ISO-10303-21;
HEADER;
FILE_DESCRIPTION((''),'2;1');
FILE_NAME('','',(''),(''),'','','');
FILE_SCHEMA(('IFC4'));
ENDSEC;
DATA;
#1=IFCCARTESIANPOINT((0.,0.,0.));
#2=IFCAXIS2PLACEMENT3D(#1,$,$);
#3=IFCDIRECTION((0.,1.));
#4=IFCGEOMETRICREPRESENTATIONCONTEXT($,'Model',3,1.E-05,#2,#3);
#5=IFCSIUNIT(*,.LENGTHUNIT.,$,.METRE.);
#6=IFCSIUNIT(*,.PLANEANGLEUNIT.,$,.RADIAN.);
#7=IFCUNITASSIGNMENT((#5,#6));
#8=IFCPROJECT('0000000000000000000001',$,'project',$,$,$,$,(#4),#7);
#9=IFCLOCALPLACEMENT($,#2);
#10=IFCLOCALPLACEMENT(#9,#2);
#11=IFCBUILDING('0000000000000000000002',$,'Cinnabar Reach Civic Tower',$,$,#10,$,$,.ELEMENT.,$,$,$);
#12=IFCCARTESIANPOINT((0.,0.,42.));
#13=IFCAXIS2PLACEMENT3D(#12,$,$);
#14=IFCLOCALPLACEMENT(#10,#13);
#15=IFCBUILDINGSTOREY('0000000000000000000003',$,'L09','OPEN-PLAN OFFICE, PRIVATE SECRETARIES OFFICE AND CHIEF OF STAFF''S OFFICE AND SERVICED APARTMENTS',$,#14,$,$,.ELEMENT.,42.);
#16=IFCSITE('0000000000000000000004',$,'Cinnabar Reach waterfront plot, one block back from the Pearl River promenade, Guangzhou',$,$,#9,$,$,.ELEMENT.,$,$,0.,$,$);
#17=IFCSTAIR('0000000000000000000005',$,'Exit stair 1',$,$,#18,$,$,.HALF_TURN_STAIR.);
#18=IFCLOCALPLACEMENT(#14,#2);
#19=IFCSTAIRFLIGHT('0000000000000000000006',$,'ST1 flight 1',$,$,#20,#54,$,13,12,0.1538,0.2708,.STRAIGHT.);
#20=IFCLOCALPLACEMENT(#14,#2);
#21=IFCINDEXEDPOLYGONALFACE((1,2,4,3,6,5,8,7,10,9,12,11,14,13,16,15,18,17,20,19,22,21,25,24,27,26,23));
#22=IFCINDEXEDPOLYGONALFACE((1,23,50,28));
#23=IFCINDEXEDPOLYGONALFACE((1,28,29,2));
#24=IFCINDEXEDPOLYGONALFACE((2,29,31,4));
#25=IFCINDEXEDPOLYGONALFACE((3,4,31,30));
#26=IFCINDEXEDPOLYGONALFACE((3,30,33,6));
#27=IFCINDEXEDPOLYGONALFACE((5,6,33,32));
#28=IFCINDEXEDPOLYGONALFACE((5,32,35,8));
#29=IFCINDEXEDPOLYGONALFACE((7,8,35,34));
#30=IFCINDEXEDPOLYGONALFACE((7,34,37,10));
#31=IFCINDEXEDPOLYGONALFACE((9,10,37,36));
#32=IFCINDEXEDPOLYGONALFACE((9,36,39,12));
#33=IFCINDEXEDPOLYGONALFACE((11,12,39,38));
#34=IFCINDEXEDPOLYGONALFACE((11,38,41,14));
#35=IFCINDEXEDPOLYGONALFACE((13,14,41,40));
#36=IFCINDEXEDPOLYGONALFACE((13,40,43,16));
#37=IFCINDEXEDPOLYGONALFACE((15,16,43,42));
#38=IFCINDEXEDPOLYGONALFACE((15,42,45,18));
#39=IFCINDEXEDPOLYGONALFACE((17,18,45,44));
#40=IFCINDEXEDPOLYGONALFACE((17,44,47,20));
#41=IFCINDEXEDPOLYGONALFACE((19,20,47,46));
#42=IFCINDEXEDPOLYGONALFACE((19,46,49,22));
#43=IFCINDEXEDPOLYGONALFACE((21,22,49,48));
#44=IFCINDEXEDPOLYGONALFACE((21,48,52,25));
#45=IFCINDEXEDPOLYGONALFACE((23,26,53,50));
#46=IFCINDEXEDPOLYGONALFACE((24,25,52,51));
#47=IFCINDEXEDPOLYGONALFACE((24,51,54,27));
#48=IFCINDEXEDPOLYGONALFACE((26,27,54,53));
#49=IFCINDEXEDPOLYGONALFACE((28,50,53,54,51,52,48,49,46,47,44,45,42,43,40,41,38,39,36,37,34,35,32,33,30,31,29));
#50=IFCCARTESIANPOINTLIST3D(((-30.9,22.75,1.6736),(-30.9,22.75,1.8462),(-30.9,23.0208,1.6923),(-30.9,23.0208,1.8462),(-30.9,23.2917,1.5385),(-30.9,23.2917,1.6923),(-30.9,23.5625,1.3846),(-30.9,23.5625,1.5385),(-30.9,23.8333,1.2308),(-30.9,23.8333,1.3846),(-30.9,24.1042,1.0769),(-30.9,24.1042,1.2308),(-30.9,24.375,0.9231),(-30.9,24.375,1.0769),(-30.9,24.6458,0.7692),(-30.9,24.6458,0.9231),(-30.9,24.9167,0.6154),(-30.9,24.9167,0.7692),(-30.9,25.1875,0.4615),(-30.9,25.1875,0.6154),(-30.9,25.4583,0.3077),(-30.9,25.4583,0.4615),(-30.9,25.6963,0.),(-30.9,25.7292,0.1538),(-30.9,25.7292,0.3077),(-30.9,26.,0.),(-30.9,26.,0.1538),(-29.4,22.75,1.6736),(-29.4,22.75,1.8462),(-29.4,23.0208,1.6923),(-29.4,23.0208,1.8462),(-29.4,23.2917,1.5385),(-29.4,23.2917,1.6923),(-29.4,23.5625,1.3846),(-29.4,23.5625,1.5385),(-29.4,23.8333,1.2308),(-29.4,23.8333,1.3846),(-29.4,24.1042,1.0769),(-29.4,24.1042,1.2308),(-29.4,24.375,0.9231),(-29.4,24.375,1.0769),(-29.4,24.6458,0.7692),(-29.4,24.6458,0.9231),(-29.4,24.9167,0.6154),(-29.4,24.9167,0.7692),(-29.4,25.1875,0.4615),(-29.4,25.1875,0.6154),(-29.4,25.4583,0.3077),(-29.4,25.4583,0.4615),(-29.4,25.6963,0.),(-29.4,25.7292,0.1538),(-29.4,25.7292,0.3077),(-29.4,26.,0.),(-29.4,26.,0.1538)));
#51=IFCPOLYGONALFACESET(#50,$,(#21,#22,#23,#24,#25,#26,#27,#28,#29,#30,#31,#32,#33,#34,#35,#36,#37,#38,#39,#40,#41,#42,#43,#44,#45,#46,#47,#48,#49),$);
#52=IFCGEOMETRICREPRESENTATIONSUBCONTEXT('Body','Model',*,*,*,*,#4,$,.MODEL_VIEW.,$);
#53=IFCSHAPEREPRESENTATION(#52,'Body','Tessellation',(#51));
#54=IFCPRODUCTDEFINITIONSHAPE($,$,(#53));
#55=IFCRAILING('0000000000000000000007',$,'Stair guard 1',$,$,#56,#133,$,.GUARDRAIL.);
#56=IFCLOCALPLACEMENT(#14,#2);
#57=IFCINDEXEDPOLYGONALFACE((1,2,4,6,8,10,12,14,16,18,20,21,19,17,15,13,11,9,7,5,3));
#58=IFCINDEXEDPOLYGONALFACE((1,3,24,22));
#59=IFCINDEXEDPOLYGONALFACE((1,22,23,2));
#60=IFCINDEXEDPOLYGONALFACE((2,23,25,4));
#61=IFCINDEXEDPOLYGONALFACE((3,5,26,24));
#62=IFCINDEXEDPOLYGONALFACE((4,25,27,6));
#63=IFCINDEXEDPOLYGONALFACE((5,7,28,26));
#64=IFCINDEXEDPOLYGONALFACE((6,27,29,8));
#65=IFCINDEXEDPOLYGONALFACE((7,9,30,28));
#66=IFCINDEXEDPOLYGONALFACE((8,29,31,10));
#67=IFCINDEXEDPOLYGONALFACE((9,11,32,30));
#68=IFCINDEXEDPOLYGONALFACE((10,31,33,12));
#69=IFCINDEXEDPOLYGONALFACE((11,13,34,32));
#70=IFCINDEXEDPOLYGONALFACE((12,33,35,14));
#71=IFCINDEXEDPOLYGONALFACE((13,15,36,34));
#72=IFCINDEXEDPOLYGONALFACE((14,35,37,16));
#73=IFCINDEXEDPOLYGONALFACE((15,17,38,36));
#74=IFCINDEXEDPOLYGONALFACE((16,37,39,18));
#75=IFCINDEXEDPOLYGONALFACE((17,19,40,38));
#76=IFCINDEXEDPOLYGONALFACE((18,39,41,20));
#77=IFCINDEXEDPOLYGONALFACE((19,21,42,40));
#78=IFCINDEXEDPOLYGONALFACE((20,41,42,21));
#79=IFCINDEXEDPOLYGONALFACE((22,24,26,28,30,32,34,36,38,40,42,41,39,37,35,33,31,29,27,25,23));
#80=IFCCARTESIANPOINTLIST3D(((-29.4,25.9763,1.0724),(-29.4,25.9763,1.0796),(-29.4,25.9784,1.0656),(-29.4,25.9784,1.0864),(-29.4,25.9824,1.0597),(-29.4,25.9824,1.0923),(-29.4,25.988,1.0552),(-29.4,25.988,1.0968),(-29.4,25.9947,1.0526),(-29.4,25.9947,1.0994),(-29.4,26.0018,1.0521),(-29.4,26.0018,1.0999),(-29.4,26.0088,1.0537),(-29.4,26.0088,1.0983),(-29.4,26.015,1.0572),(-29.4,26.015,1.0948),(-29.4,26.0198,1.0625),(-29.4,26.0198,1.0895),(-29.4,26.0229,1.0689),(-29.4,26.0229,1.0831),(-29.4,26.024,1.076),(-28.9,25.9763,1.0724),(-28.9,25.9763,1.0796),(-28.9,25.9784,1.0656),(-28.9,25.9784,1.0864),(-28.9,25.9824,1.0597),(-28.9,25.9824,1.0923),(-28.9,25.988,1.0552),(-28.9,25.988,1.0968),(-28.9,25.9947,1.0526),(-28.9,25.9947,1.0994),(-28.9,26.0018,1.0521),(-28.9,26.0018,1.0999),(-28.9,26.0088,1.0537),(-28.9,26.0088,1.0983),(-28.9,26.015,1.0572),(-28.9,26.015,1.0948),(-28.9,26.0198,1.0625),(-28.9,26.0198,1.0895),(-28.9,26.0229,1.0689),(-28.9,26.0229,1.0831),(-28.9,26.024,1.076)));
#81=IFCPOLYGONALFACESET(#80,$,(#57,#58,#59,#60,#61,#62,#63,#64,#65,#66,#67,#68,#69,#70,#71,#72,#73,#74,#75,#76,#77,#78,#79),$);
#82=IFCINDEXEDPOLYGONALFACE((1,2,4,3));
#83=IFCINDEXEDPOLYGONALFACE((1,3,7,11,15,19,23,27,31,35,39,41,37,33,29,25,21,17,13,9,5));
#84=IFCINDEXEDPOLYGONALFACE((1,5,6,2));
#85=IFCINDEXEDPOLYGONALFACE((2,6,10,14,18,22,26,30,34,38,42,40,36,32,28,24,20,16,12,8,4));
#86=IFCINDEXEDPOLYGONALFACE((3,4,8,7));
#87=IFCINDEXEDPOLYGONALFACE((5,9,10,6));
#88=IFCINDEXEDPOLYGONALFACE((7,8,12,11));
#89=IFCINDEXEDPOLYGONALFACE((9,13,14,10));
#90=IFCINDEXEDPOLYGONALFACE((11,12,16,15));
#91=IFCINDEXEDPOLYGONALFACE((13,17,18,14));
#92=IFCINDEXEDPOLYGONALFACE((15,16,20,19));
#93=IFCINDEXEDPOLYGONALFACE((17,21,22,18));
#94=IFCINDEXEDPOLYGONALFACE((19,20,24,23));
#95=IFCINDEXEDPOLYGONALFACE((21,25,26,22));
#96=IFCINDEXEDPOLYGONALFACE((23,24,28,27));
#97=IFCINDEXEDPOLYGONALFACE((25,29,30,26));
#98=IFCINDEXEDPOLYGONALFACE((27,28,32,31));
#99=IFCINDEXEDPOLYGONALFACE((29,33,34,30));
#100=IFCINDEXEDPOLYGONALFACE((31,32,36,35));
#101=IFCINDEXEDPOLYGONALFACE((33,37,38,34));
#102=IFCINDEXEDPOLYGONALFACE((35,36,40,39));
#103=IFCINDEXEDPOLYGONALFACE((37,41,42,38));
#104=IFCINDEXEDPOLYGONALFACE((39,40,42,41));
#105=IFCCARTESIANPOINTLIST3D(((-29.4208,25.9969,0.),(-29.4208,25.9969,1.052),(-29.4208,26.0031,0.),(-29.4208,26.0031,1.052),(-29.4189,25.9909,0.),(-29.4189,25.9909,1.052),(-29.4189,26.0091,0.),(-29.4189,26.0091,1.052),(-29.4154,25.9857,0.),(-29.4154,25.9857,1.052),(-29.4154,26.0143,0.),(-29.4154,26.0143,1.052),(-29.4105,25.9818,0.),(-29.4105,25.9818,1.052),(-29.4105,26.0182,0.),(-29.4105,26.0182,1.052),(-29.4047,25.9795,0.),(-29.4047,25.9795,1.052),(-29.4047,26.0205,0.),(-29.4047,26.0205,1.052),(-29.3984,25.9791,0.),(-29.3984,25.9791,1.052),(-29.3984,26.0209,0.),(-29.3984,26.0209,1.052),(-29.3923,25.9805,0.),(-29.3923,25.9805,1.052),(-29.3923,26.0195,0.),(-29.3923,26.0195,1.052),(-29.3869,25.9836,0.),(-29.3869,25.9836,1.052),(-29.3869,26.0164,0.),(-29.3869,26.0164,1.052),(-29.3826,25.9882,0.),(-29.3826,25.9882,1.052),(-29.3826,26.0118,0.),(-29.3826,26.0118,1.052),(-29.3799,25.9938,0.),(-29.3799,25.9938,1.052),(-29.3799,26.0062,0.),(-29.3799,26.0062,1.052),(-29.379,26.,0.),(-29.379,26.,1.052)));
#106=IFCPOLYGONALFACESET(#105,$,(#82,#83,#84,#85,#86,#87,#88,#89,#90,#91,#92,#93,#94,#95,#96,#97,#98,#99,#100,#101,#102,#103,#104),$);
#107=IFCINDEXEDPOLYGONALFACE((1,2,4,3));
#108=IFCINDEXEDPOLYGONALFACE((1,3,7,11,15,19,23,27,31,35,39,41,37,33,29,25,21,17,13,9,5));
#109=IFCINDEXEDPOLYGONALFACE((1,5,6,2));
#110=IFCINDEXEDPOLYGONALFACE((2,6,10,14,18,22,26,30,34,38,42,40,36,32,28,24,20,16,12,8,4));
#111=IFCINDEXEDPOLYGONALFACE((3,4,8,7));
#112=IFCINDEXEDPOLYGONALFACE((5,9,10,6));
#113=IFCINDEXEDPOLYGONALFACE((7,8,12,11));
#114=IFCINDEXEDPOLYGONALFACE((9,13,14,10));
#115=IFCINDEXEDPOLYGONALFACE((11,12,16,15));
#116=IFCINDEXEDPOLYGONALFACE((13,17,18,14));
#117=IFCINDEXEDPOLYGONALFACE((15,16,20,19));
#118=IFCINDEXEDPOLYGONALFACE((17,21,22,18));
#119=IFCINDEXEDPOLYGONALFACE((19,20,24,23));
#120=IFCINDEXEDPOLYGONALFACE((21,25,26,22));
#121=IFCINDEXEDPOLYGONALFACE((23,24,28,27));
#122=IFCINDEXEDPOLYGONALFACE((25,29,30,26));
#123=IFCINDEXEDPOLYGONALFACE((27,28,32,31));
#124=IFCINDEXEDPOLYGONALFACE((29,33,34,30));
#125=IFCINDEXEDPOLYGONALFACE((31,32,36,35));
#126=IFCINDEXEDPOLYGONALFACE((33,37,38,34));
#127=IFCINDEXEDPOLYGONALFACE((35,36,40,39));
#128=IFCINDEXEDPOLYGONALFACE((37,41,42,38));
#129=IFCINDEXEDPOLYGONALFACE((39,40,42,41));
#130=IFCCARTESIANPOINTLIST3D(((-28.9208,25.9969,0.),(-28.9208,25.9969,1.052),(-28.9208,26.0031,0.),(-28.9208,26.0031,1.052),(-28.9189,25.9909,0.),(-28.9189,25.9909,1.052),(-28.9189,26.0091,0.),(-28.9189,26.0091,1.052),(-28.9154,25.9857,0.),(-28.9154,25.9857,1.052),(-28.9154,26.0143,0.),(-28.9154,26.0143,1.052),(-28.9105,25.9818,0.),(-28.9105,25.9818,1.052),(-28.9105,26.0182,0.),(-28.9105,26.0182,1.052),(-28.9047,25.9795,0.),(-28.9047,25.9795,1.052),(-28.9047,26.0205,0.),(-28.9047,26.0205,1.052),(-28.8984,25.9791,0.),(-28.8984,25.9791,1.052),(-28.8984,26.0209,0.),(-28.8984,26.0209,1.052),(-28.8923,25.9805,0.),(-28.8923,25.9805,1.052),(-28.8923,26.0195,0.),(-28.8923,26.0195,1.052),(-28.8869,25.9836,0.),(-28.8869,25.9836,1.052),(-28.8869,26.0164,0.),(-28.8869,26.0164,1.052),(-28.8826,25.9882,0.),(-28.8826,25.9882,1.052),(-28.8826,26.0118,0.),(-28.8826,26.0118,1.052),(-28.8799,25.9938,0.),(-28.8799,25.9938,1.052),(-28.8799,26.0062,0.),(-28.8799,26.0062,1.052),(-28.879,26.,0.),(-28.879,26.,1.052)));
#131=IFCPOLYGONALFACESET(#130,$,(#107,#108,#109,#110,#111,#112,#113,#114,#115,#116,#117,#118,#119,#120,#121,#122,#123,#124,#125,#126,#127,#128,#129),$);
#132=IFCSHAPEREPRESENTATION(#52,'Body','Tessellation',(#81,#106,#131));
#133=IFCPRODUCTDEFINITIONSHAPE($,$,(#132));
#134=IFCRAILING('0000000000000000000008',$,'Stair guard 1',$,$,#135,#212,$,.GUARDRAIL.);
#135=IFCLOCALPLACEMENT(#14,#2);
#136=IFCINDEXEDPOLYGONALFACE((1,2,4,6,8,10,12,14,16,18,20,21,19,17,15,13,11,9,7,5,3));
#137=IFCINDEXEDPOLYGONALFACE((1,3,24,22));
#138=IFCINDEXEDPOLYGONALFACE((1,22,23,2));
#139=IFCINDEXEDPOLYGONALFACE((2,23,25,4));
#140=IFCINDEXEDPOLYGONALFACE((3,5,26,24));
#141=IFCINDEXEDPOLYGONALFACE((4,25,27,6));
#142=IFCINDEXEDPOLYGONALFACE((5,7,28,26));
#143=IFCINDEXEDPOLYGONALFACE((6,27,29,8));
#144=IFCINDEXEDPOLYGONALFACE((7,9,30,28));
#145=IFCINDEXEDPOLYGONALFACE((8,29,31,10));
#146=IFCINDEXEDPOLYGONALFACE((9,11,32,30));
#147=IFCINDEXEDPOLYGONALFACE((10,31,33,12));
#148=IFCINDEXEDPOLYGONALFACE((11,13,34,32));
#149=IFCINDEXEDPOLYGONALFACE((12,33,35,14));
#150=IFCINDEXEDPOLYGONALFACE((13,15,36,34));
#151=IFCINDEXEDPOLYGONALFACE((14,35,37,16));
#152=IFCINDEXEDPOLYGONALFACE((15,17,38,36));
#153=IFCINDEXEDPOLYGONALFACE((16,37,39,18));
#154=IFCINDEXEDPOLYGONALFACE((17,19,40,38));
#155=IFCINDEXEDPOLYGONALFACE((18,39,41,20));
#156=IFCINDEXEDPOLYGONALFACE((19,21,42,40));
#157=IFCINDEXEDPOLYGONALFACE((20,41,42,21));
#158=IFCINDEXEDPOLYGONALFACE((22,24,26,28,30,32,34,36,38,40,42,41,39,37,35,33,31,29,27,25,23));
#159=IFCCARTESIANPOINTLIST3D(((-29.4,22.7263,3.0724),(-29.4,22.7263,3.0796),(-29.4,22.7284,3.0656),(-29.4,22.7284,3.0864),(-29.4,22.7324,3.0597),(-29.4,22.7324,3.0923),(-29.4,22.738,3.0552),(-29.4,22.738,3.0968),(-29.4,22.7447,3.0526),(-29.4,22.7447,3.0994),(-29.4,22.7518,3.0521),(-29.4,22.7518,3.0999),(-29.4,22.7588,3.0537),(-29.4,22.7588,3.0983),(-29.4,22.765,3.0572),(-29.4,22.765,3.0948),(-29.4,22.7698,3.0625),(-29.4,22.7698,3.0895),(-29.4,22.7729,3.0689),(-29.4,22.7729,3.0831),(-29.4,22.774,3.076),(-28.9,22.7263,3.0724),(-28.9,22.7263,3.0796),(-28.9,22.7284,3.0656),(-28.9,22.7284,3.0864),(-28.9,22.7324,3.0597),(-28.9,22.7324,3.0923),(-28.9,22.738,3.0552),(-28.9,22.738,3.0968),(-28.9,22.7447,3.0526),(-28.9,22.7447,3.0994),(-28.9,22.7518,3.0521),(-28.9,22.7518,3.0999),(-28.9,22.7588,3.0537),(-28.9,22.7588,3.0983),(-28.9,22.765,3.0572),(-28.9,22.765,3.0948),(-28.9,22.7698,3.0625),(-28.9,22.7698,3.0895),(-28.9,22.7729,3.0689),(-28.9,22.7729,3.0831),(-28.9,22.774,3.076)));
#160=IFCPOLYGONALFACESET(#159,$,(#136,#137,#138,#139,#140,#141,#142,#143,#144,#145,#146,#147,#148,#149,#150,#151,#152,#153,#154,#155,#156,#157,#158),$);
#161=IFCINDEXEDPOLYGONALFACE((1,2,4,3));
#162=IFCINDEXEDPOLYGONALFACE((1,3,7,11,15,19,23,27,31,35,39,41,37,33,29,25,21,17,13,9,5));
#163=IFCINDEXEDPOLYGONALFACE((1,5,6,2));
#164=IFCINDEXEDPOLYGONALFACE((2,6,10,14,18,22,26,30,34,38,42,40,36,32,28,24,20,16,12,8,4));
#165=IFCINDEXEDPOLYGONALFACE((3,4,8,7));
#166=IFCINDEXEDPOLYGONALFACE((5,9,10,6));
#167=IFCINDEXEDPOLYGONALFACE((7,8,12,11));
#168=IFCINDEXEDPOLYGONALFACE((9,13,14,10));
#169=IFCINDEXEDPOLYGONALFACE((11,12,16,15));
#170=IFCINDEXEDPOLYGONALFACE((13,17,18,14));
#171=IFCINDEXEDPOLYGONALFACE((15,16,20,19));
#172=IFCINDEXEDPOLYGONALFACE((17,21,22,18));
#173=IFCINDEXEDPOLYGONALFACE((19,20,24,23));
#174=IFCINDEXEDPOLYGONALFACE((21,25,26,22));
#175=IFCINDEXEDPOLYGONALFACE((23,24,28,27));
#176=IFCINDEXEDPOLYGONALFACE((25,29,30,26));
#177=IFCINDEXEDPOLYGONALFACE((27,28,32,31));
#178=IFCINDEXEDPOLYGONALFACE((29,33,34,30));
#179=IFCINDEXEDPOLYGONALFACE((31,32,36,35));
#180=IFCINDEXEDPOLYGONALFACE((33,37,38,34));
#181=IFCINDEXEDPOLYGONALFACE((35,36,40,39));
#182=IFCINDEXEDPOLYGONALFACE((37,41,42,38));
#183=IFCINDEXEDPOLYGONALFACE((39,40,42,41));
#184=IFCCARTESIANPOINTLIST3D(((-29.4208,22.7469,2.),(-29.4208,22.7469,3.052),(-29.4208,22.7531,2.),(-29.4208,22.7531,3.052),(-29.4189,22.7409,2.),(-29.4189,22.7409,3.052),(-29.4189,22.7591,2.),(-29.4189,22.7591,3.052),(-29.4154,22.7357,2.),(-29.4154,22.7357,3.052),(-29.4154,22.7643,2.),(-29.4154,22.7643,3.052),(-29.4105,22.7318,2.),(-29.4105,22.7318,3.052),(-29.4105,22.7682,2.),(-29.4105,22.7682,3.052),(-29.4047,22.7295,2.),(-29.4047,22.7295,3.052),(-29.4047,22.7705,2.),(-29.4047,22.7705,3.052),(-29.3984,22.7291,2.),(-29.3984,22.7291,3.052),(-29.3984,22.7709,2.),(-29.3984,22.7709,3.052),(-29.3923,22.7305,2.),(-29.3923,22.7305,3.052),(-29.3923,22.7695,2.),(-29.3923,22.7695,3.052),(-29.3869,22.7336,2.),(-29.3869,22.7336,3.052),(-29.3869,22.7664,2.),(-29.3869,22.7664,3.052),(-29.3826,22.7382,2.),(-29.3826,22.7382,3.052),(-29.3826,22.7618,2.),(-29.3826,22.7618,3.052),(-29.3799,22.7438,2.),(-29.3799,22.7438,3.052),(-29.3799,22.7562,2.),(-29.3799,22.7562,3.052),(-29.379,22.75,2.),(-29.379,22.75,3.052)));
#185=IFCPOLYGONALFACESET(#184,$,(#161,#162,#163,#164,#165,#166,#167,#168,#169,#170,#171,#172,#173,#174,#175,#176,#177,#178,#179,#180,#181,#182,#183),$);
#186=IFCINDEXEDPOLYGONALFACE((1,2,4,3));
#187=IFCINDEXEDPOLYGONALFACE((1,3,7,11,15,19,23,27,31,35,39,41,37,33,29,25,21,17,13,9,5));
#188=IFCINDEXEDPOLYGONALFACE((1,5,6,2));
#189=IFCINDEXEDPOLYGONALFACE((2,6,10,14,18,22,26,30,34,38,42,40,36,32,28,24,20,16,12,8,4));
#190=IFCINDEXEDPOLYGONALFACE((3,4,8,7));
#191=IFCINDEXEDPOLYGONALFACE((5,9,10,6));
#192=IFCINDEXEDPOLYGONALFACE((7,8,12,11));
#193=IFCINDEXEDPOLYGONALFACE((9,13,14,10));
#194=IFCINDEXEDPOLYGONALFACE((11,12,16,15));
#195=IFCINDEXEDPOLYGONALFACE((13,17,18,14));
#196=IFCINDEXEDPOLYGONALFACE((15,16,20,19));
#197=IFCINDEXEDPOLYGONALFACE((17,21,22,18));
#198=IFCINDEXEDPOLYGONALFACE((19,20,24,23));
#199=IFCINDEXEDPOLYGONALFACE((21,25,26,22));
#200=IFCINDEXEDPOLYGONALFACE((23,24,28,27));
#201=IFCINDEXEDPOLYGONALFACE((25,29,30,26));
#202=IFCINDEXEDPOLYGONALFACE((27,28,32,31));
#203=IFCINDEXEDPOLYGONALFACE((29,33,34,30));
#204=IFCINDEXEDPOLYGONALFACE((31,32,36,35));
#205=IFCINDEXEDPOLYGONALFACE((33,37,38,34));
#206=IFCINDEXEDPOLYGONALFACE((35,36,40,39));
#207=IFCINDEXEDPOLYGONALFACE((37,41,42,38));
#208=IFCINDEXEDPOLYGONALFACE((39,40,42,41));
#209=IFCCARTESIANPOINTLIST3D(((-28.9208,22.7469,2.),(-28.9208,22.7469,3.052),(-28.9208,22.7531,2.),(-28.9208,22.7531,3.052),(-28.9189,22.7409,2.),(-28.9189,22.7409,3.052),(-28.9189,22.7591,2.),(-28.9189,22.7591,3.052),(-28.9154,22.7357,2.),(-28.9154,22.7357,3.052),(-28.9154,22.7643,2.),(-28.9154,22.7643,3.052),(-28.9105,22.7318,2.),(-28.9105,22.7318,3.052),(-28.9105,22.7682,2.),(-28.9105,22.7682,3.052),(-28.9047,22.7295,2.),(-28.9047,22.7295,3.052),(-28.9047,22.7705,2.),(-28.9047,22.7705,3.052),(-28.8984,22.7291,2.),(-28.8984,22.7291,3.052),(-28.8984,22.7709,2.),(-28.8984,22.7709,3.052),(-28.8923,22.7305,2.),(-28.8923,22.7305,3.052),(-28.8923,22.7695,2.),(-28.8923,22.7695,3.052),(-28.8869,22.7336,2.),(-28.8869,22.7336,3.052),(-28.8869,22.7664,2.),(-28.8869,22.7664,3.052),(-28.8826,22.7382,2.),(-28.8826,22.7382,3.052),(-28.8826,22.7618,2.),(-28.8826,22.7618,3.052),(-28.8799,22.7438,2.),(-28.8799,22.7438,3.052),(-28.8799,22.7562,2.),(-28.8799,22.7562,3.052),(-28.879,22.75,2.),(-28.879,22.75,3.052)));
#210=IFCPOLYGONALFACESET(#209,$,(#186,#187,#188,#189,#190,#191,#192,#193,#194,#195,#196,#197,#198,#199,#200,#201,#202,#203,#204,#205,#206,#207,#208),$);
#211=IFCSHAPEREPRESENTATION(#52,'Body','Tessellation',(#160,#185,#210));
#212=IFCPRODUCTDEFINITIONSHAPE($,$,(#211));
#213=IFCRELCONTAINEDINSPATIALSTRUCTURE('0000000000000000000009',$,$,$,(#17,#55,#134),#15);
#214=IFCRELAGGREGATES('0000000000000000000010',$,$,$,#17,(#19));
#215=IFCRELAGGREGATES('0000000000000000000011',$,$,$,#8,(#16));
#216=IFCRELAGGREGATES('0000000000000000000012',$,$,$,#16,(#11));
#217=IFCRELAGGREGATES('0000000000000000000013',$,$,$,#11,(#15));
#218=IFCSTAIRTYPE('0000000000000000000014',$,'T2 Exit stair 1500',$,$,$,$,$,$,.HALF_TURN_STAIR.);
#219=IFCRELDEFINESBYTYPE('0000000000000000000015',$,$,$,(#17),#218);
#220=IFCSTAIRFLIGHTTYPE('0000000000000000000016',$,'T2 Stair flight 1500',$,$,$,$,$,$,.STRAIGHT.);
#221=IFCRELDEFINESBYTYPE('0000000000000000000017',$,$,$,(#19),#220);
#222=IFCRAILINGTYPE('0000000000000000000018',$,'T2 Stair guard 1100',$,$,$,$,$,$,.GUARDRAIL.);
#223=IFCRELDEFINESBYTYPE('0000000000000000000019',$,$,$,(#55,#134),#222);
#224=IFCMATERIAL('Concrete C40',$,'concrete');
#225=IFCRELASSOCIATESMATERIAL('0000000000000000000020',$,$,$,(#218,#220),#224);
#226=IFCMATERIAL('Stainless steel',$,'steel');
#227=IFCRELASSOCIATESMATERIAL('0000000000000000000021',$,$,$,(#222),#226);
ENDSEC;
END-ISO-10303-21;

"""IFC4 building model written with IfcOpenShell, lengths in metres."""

from ifc_helpers import new_model, si_unit, direction, frame, origin, origin_2d, place, context, subcontext, project, spatial, polyline, circle, outline, extrude, material, type_object, element, aggregate, save


model = new_model("IFC4")

# Units and contexts
model_context = context("Model", 3, precision=1e-05, world=origin(), true_north=direction((0.0, 1.0)))
body_context = subcontext(model_context, "Body", "Model", "MODEL_VIEW")
ifc_project = project(units=[si_unit("LENGTHUNIT", "METRE"), si_unit("PLANEANGLEUNIT", "RADIAN")], contexts=[model_context])

# Site, building, storey
site_placement = place(None, origin())
site = spatial("IfcSite", under=ifc_project, at=site_placement, Name="Cinnabar Reach waterfront plot, one block back from the Pearl River promenade, Guangzhou", CompositionType="ELEMENT", RefElevation=0.0)
building_placement = place(site_placement, origin())
building = spatial("IfcBuilding", under=site, at=building_placement, Name="Cinnabar Reach Civic Tower", CompositionType="ELEMENT")
storey_placement = place(building_placement, frame((0.0, 0.0, 42.0)))
storey = spatial("IfcBuildingStorey", under=building, at=storey_placement, Name="L09", Description="OPEN-PLAN OFFICE, PRIVATE SECRETARIES OFFICE AND CHIEF OF STAFF'S OFFICE AND SERVICED APARTMENTS", CompositionType="ELEMENT", Elevation=42.0)

# Shared definitions
ifc_material_1 = material(Name="Concrete C40", Category="concrete")

# Stair, stair flight
stair_type = type_object("IfcStairType", Name="T2 Exit stair 1500", PredefinedType="HALF_TURN_STAIR", material=ifc_material_1)
stair_placement = place(storey_placement, origin())
stair = element("IfcStair", 1, at=stair_placement, inside=storey, type_object=stair_type, Name="Exit stair 1", PredefinedType="HALF_TURN_STAIR")
stair_flight_type = type_object("IfcStairFlightType", Name="T2 Stair flight 1500", PredefinedType="STRAIGHT", material=ifc_material_1)
stair_flight_placement = place(storey_placement, frame((-30.15, 26.0, 0.0), z_axis=(0.0, 0.0, 1.0), x_axis=(0.0, -1.0, 0.0)))
stair_flight = element("IfcStairFlight", 2, at=stair_flight_placement, type_object=stair_flight_type, Name="ST1 flight 1", NumberOfRisers=13, NumberOfTreads=12, PredefinedType="STRAIGHT", RiserHeight=0.1538, TreadLength=0.2708, context=body_context, shape_type="SweptSolid", body=[
    extrude(outline(polyline([(0.0, 0.0), (0.0, 0.1538), (0.2708, 0.1538), (0.2708, 0.3077), (0.5417, 0.3077), (0.5417, 0.4615), (0.8125, 0.4615), (0.8125, 0.6154), (1.0833, 0.6154), (1.0833, 0.7692), (1.3542, 0.7692), (1.3542, 0.9231), (1.625, 0.9231), (1.625, 1.0769), (1.8958, 1.0769), (1.8958, 1.2308), (2.1667, 1.2308), (2.1667, 1.3846), (2.4375, 1.3846), (2.4375, 1.5385), (2.7083, 1.5385), (2.7083, 1.6923), (2.9792, 1.6923), (2.9792, 1.8462), (3.25, 1.8462), (3.25, 2.0), (3.25, 1.6736), (0.3037, 0.0), (0.0, 0.0)])), frame((0.0, 0.75, 0.0), z_axis=(0.0, -1.0, 0.0), x_axis=(1.0, 0.0, 0.0)), (0.0, 0.0, 1.0), 1.5),
])
aggregate(stair, [stair_flight])

# Railings
ifc_material_2 = material(Name="Stainless steel", Category="steel")
railing_type = type_object("IfcRailingType", Name="T2 Stair guard 1100", PredefinedType="GUARDRAIL", material=ifc_material_2)
for number, where, name in (
    (3, (-29.4, 26.0, 0.0), "Stair guard 1"),
    (4, (-29.4, 22.75, 2.0), "Stair guard 1"),
):
    element("IfcRailing", number, at=place(storey_placement, frame(where)), inside=storey, type_object=railing_type, Name=name, PredefinedType="GUARDRAIL", context=body_context, shape_type="SweptSolid", body=[
        extrude(circle(Radius=0.024, at=origin_2d()), frame((0.0, 0.0, 1.076), z_axis=(1.0, 0.0, 0.0), x_axis=(0.0, 1.0, 0.0)), (0.0, 0.0, 1.0), 0.5),
        extrude(circle(Radius=0.021, at=origin_2d()), origin(), (0.0, 0.0, 1.0), 1.052),
        extrude(circle(Radius=0.021, at=origin_2d()), frame((0.5, 0.0, 0.0)), (0.0, 0.0, 1.0), 1.052),
    ])

save(model, "model.ifc")
